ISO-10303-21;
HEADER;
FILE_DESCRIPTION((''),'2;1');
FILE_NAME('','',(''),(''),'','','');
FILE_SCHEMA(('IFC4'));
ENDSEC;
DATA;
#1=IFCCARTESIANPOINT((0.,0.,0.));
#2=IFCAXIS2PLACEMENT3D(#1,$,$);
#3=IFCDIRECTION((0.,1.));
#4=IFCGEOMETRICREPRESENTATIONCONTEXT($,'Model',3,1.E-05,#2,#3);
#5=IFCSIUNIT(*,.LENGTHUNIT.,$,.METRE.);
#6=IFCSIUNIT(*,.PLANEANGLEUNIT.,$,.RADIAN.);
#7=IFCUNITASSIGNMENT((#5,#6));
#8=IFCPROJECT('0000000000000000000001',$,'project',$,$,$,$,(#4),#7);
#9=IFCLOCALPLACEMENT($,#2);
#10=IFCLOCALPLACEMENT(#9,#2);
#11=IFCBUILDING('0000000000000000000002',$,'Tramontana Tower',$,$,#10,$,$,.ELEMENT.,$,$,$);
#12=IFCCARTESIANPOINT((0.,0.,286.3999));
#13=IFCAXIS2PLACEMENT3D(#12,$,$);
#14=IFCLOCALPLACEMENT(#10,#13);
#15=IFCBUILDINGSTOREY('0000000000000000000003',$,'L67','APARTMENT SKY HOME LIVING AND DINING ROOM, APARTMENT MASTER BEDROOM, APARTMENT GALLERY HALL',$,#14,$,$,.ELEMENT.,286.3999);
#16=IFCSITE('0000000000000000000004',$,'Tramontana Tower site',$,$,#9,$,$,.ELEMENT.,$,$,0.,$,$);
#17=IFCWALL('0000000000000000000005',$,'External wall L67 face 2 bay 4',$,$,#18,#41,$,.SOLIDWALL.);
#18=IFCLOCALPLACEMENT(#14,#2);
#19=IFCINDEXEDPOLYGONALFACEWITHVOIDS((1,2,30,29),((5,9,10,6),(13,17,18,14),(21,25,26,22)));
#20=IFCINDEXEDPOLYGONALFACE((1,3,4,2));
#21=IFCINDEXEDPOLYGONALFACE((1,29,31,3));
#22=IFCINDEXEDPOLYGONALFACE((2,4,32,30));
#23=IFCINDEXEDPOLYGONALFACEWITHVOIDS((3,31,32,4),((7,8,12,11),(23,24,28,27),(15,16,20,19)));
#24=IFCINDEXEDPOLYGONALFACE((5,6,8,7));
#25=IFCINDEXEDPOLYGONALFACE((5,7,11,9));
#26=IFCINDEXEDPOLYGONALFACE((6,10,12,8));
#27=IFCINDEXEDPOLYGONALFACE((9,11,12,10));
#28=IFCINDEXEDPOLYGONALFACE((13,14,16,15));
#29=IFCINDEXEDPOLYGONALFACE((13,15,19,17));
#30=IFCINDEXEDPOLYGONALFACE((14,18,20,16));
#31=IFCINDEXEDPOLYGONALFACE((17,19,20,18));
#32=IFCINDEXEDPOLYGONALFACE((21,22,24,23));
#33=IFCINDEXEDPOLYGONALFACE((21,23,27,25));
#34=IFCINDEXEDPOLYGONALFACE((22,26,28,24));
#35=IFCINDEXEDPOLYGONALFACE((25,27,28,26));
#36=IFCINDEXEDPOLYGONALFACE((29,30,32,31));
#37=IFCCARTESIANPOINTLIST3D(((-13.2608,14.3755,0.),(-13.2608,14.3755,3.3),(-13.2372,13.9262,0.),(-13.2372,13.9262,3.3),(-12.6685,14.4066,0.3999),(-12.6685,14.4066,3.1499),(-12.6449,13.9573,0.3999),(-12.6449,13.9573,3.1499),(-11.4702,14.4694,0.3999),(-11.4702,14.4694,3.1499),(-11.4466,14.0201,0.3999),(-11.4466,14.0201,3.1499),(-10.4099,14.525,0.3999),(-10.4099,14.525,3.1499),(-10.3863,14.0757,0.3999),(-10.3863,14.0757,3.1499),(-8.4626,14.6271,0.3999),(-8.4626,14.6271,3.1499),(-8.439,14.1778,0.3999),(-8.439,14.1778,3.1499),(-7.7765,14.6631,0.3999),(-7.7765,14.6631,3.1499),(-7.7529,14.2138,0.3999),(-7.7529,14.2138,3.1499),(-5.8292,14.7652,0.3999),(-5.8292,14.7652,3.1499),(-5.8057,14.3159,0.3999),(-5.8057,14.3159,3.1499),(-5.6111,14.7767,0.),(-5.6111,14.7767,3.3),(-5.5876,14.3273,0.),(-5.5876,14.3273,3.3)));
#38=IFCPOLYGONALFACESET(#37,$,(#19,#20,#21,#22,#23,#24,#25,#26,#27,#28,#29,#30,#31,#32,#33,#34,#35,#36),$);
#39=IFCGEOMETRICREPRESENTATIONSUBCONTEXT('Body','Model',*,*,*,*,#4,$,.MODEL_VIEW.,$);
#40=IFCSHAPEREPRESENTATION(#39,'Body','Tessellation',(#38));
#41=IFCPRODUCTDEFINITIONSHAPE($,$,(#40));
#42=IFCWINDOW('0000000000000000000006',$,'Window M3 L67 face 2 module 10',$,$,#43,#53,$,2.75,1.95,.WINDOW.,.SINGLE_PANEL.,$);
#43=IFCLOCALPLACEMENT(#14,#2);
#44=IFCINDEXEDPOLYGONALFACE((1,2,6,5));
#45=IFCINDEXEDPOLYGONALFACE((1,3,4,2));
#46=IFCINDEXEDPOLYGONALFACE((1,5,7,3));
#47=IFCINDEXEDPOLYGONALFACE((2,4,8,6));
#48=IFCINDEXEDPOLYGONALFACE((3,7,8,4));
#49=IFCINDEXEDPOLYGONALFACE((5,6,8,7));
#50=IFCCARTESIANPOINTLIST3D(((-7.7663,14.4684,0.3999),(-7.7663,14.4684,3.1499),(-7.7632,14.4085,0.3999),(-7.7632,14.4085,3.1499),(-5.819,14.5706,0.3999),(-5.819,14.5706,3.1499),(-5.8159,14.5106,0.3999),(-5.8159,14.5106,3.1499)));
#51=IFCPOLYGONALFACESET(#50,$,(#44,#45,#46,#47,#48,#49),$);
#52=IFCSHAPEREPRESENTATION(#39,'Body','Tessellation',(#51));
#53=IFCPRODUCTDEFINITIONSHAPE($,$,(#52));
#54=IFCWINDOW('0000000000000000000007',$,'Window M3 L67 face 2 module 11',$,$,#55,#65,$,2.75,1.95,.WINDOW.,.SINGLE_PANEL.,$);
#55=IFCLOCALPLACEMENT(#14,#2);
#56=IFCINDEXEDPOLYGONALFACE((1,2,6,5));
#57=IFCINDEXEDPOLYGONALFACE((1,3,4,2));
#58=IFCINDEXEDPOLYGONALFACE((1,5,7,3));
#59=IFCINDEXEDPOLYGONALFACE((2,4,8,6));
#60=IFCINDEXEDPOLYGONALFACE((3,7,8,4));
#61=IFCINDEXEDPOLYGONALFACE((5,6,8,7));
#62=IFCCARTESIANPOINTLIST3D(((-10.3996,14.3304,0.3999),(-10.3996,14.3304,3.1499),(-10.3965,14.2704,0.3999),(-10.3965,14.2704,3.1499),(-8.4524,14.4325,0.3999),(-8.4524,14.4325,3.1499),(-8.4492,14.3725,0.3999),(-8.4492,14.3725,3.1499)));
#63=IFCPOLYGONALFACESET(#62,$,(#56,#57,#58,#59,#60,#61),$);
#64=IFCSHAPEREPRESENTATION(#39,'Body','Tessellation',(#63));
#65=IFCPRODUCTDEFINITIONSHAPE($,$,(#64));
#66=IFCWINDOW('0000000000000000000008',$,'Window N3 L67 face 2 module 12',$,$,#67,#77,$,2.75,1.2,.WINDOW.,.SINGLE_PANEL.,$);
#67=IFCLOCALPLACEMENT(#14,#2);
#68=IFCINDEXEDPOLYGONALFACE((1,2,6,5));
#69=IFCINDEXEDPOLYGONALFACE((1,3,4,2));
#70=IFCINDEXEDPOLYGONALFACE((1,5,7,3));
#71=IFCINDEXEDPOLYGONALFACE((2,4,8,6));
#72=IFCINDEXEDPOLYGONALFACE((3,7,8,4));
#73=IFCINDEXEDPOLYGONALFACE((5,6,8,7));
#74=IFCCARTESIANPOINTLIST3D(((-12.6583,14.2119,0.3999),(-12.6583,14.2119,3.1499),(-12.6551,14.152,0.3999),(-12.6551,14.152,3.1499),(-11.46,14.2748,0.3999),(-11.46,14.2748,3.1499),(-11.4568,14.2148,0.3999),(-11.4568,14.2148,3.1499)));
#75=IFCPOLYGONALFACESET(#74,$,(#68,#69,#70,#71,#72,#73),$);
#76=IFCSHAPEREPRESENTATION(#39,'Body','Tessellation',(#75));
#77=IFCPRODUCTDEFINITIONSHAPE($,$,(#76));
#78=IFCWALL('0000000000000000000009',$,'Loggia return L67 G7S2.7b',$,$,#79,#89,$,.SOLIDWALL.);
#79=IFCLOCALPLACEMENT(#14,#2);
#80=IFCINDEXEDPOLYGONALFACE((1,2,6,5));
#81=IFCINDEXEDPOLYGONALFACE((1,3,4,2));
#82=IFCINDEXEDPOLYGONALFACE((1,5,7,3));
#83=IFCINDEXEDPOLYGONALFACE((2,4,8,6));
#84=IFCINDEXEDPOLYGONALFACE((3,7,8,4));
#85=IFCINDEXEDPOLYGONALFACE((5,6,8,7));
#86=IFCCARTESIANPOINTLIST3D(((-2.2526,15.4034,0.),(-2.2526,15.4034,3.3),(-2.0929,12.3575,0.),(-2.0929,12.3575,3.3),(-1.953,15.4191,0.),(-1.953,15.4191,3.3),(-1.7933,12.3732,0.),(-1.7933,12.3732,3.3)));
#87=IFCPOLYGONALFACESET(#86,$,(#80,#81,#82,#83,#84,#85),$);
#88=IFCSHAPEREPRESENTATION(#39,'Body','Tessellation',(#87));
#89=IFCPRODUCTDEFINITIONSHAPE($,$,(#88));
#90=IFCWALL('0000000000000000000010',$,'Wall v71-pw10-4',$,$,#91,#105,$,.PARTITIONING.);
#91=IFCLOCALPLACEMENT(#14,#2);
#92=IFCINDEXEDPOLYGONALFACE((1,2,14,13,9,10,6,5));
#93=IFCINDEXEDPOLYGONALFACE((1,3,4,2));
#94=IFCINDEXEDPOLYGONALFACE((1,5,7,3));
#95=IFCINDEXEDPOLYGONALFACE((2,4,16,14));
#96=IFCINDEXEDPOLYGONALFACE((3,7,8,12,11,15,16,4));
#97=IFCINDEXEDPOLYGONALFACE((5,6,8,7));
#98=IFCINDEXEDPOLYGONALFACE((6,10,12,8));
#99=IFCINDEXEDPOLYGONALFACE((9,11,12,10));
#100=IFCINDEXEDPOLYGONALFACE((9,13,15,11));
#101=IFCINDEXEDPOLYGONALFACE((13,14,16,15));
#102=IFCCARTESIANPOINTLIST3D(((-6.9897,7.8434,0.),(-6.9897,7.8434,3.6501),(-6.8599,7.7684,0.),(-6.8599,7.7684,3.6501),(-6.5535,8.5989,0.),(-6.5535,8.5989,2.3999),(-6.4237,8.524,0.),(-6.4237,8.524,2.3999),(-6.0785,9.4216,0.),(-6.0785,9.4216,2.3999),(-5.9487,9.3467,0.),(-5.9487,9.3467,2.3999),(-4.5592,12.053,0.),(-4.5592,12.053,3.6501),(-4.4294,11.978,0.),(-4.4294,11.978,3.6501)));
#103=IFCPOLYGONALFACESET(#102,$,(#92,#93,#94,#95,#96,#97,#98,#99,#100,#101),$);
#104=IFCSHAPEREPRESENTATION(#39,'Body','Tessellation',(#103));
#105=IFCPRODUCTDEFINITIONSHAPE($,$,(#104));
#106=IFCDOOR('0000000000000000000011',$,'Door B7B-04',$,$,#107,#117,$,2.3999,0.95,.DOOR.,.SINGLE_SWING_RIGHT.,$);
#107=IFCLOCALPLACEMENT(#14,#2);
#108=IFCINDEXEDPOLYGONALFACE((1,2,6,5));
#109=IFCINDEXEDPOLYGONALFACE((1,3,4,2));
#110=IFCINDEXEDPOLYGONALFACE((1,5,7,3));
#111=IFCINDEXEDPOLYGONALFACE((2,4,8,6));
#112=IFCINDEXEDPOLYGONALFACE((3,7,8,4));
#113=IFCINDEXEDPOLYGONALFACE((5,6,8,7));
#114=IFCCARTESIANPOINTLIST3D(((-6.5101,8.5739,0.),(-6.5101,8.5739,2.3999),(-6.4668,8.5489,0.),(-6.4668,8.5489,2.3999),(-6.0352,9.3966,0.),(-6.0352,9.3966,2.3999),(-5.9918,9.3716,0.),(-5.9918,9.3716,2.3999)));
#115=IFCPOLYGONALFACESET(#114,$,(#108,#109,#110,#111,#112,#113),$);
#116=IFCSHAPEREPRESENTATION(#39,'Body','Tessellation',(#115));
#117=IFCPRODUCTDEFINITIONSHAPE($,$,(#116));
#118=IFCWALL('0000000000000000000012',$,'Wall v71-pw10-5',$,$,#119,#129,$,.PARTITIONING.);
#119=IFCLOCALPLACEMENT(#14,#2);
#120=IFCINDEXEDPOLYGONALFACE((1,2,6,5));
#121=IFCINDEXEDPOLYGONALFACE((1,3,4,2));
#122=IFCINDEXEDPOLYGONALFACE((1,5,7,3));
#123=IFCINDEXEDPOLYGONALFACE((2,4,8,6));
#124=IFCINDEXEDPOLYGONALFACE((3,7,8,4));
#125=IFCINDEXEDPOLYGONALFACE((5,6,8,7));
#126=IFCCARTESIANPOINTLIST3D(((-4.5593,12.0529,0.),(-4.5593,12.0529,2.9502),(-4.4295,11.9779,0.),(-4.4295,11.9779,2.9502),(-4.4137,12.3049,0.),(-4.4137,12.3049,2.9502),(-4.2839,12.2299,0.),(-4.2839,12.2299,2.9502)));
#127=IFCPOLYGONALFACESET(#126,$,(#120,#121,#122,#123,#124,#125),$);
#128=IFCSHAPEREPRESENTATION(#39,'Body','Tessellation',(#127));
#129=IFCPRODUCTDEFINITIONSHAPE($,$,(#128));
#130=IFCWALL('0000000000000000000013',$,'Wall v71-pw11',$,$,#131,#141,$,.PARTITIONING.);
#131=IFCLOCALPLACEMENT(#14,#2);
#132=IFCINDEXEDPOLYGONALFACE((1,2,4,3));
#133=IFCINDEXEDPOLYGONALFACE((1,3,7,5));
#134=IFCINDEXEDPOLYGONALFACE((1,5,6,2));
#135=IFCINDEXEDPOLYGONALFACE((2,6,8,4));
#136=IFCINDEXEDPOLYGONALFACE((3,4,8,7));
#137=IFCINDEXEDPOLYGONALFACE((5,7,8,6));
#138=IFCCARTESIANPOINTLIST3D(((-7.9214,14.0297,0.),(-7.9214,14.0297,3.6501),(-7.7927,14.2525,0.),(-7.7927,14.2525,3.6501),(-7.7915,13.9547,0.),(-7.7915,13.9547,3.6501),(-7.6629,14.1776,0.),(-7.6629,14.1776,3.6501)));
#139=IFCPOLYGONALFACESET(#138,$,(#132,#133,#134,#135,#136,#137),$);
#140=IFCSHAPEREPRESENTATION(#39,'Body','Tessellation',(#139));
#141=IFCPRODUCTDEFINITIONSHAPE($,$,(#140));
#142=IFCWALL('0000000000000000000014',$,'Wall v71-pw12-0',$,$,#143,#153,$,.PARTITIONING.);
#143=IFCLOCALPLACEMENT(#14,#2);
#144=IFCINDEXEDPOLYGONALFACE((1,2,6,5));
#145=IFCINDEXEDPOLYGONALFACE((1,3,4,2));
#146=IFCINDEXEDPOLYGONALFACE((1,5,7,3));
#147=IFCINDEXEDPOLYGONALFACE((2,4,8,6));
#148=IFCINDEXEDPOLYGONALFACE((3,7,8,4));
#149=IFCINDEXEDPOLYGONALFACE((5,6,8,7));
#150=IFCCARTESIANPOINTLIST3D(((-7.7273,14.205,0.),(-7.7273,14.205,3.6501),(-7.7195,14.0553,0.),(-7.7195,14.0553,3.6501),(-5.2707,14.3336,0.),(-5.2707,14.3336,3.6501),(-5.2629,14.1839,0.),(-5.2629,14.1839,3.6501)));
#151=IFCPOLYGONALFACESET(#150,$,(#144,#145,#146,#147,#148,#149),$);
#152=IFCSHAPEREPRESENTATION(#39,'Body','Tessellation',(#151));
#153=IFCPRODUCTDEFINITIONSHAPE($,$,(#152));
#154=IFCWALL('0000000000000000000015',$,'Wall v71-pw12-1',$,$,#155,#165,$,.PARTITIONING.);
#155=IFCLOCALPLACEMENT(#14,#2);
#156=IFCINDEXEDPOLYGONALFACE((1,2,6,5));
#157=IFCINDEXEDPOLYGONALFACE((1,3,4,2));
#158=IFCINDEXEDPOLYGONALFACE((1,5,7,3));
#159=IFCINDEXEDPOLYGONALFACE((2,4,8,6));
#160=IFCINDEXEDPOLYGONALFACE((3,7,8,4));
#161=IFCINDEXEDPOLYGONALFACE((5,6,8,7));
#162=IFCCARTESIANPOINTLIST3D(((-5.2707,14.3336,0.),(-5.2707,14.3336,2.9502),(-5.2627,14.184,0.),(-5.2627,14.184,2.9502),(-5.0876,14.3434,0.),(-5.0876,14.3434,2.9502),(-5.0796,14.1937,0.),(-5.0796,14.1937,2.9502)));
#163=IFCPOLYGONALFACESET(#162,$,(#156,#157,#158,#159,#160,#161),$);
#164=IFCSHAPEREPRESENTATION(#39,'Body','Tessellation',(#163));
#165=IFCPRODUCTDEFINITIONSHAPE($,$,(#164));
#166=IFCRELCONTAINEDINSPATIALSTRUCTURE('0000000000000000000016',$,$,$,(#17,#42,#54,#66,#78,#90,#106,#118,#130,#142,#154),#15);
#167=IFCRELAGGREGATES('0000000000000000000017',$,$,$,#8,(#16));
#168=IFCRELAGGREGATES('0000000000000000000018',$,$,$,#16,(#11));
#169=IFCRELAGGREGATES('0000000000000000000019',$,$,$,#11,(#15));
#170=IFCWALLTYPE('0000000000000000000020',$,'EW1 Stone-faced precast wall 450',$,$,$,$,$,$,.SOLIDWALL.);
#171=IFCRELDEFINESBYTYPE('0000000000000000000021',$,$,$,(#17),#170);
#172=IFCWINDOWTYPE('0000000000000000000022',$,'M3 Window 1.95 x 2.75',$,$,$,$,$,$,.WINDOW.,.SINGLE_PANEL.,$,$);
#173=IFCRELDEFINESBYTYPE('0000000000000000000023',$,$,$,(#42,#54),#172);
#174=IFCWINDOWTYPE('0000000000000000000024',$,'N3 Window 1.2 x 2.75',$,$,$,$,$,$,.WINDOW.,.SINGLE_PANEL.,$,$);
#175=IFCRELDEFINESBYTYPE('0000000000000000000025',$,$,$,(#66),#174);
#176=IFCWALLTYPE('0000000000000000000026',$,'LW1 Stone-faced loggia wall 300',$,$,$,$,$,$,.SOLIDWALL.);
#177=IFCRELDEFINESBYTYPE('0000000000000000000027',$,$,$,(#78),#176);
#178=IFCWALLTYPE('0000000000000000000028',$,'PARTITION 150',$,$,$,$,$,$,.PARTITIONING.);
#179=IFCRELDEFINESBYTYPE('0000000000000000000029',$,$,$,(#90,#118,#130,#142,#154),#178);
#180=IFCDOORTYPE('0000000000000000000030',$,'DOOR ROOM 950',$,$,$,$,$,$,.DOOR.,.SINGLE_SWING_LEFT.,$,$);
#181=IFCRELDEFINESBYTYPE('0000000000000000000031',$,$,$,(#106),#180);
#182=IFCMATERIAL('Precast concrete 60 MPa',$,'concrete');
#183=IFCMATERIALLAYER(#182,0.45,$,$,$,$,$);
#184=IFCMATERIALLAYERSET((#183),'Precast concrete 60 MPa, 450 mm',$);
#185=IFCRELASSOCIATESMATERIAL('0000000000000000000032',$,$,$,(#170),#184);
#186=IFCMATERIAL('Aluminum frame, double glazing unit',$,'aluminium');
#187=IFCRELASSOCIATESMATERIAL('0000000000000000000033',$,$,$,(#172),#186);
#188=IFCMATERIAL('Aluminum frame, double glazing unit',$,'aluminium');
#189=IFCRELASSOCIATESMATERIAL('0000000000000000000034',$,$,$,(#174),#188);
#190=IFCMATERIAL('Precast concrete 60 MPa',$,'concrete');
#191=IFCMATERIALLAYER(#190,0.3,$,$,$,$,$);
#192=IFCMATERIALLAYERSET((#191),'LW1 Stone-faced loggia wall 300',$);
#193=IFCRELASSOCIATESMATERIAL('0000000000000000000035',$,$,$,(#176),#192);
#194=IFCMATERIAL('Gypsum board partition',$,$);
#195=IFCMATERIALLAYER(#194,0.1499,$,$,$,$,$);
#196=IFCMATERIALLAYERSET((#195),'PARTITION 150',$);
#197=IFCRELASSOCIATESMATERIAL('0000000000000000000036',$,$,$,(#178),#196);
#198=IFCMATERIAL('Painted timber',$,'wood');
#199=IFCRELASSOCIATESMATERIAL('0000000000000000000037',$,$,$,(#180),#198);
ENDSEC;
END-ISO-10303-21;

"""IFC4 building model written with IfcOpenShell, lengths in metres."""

from ifc_helpers import new_model, si_unit, direction, frame, frame_2d, origin, place, context, subcontext, project, spatial, rectangle, extrude, material, layer, layer_set, type_object, element, fill, save


model = new_model("IFC4")

# Units and contexts
model_context = context("Model", 3, precision=1e-05, world=origin(), true_north=direction((0.0, 1.0)))
body_context = subcontext(model_context, "Body", "Model", "MODEL_VIEW")
ifc_project = project(units=[si_unit("LENGTHUNIT", "METRE"), si_unit("PLANEANGLEUNIT", "RADIAN")], contexts=[model_context])

# Site, building, storey
site_placement = place(None, origin())
site = spatial("IfcSite", under=ifc_project, at=site_placement, Name="Tramontana Tower site", CompositionType="ELEMENT", RefElevation=0.0)
building_placement = place(site_placement, origin())
building = spatial("IfcBuilding", under=site, at=building_placement, Name="Tramontana Tower", CompositionType="ELEMENT")
storey_placement = place(building_placement, frame((0.0, 0.0, 286.3999)))
storey = spatial("IfcBuildingStorey", under=building, at=storey_placement, Name="L67", Description="APARTMENT SKY HOME LIVING AND DINING ROOM, APARTMENT MASTER BEDROOM, APARTMENT GALLERY HALL", CompositionType="ELEMENT", Elevation=286.3999)

# Shared definitions
ifc_material_1 = material(Name="Precast concrete 60 MPa", Category="concrete")
ifc_layer_1 = layer(ifc_material_1, 0.45)
ifc_layer_set_1 = layer_set([ifc_layer_1], Name="Precast concrete 60 MPa, 450 mm")
wall_type_1 = type_object("IfcWallType", Name="EW1 Stone-faced precast wall 450", PredefinedType="SOLIDWALL", material=ifc_layer_set_1)
ifc_material_2 = material(Name="Aluminum frame, double glazing unit", Category="aluminium")
window_type_1 = type_object("IfcWindowType", Name="M3 Window 1.95 x 2.75", PartitioningType="SINGLE_PANEL", PredefinedType="WINDOW", material=ifc_material_2)

# Wall, openings, windows
wall_1_placement = place(storey_placement, frame((-5.5994, 14.552, 0.0), z_axis=(0.0, 0.0, 1.0), x_axis=(-0.998628, -0.052365, 0.0)))
wall_1 = element("IfcWall", 1, at=wall_1_placement, inside=storey, type_object=wall_type_1, Name="External wall L67 face 2 bay 4", PredefinedType="SOLIDWALL", context=body_context, shape_type="SweptSolid", body=[
    extrude(rectangle(XDim=7.6602, YDim=0.45, at=frame_2d((3.8301, 0.0))), origin(), (0.0, 0.0, 1.0), 3.3),
])
opening_1_placement = place(wall_1_placement, frame((0.2183, 0.0, 0.3999)))
opening_1 = element("IfcOpeningElement", 2, at=opening_1_placement, cuts=wall_1, PredefinedType="OPENING", context=body_context, shape_type="SweptSolid", body=[
    extrude(rectangle(XDim=1.95, YDim=2.75, at=frame_2d((0.9751, 1.375))), frame((0.0, 0.2349, 0.0), z_axis=(0.0, -1.0, 0.0), x_axis=(1.0, 0.0, 0.0)), (0.0, 0.0, 1.0), 0.47),
])
opening_2_placement = place(wall_1_placement, frame((2.8552, 0.0, 0.3999)))
opening_2 = element("IfcOpeningElement", 3, at=opening_2_placement, cuts=wall_1, PredefinedType="OPENING", context=body_context, shape_type="SweptSolid", body=[
    extrude(rectangle(XDim=1.95, YDim=2.75, at=frame_2d((0.9751, 1.375))), frame((0.0, 0.2349, 0.0), z_axis=(0.0, -1.0, 0.0), x_axis=(1.0, 0.0, 0.0)), (0.0, 0.0, 1.0), 0.47),
])
opening_3_placement = place(wall_1_placement, frame((5.8669, 0.0, 0.3999)))
opening_3 = element("IfcOpeningElement", 4, at=opening_3_placement, cuts=wall_1, PredefinedType="OPENING", context=body_context, shape_type="SweptSolid", body=[
    extrude(rectangle(XDim=1.2, YDim=2.75, at=frame_2d((0.6001, 1.375))), frame((0.0, 0.2349, 0.0), z_axis=(0.0, -1.0, 0.0), x_axis=(1.0, 0.0, 0.0)), (0.0, 0.0, 1.0), 0.47),
])
window_1_placement = place(opening_1_placement, origin())
window_1 = element("IfcWindow", 5, at=window_1_placement, inside=storey, type_object=window_type_1, Name="Window M3 L67 face 2 module 10", OverallHeight=2.75, OverallWidth=1.95, PartitioningType="SINGLE_PANEL", PredefinedType="WINDOW", context=body_context, shape_type="SweptSolid", body=[
    extrude(rectangle(XDim=1.95, YDim=2.75, at=frame_2d((0.9751, 1.375))), frame((0.0, 0.03, 0.0), z_axis=(0.0, -1.0, 0.0), x_axis=(1.0, 0.0, 0.0)), (0.0, 0.0, 1.0), 0.0601),
])
fill(opening_1, window_1)
window_2_placement = place(opening_2_placement, origin())
window_2 = element("IfcWindow", 6, at=window_2_placement, inside=storey, type_object=window_type_1, Name="Window M3 L67 face 2 module 11", OverallHeight=2.75, OverallWidth=1.95, PartitioningType="SINGLE_PANEL", PredefinedType="WINDOW", context=body_context, shape_type="SweptSolid", body=[
    extrude(rectangle(XDim=1.95, YDim=2.75, at=frame_2d((0.9751, 1.375))), frame((0.0, 0.03, 0.0), z_axis=(0.0, -1.0, 0.0), x_axis=(1.0, 0.0, 0.0)), (0.0, 0.0, 1.0), 0.0601),
])
fill(opening_2, window_2)
ifc_material_3 = material(Name="Aluminum frame, double glazing unit", Category="aluminium")
window_type_2 = type_object("IfcWindowType", Name="N3 Window 1.2 x 2.75", PartitioningType="SINGLE_PANEL", PredefinedType="WINDOW", material=ifc_material_3)
window_3_placement = place(opening_3_placement, origin())
window_3 = element("IfcWindow", 7, at=window_3_placement, inside=storey, type_object=window_type_2, Name="Window N3 L67 face 2 module 12", OverallHeight=2.75, OverallWidth=1.2, PartitioningType="SINGLE_PANEL", PredefinedType="WINDOW", context=body_context, shape_type="SweptSolid", body=[
    extrude(rectangle(XDim=1.2, YDim=2.75, at=frame_2d((0.6001, 1.375))), frame((0.0, 0.03, 0.0), z_axis=(0.0, -1.0, 0.0), x_axis=(1.0, 0.0, 0.0)), (0.0, 0.0, 1.0), 0.0601),
])
fill(opening_3, window_3)

# Wall
ifc_material_4 = material(Name="Precast concrete 60 MPa", Category="concrete")
ifc_layer_2 = layer(ifc_material_4, 0.3)
ifc_layer_set_2 = layer_set([ifc_layer_2], Name="LW1 Stone-faced loggia wall 300")
wall_type_2 = type_object("IfcWallType", Name="LW1 Stone-faced loggia wall 300", PredefinedType="SOLIDWALL", material=ifc_layer_set_2)
wall_2_placement = place(storey_placement, frame((-2.1028, 15.4111, 0.0), z_axis=(0.0, 0.0, 1.0), x_axis=(0.052349, -0.998629, 0.0)))
element("IfcWall", 8, at=wall_2_placement, inside=storey, type_object=wall_type_2, Name="Loggia return L67 G7S2.7b", PredefinedType="SOLIDWALL", context=body_context, shape_type="SweptSolid", body=[
    extrude(rectangle(XDim=3.05, YDim=0.3, at=frame_2d((1.5249, 0.0))), origin(), (0.0, 0.0, 1.0), 3.3),
])

# Wall, opening, door
ifc_material_5 = material(Name="Gypsum board partition")
ifc_layer_3 = layer(ifc_material_5, 0.1499)
ifc_layer_set_3 = layer_set([ifc_layer_3], Name="PARTITION 150")
wall_type_3 = type_object("IfcWallType", Name="PARTITION 150", PredefinedType="PARTITIONING", material=ifc_layer_set_3)
wall_3_placement = place(storey_placement, frame((-6.9248, 7.8059, 0.0), z_axis=(0.0, 0.0, 1.0), x_axis=(0.500012, 0.866018, 0.0)))
wall_3 = element("IfcWall", 9, at=wall_3_placement, inside=storey, type_object=wall_type_3, Name="Wall v71-pw10-4", PredefinedType="PARTITIONING", context=body_context, shape_type="SweptSolid", body=[
    extrude(rectangle(XDim=4.8608, YDim=0.1499, at=frame_2d((2.4304, 0.0))), origin(), (0.0, 0.0, 1.0), 3.6501),
])
opening_4_placement = place(wall_3_placement, frame((0.8723, 0.0, 0.0)))
opening_4 = element("IfcOpeningElement", 10, at=opening_4_placement, cuts=wall_3, PredefinedType="OPENING", context=body_context, shape_type="SweptSolid", body=[
    extrude(rectangle(XDim=0.95, YDim=2.3999, at=frame_2d((0.4751, 1.2))), frame((0.0, 0.085, 0.0), z_axis=(0.0, -1.0, 0.0), x_axis=(1.0, 0.0, 0.0)), (0.0, 0.0, 1.0), 0.1699),
])
ifc_material_6 = material(Name="Painted timber", Category="wood")
door_type_1 = type_object("IfcDoorType", Name="DOOR ROOM 950", OperationType="SINGLE_SWING_LEFT", PredefinedType="DOOR", material=ifc_material_6)
door_1_placement = place(opening_4_placement, origin())
door_1 = element("IfcDoor", 11, at=door_1_placement, inside=storey, type_object=door_type_1, Name="Door B7B-04", OperationType="SINGLE_SWING_RIGHT", OverallHeight=2.3999, OverallWidth=0.95, PredefinedType="DOOR", context=body_context, shape_type="SweptSolid", body=[
    extrude(rectangle(XDim=0.95, YDim=2.3999, at=frame_2d((0.4751, 1.2))), frame((0.0, 0.0249, 0.0), z_axis=(0.0, -1.0, 0.0), x_axis=(1.0, 0.0, 0.0)), (0.0, 0.0, 1.0), 0.05),
])
fill(opening_4, door_1)

# Walls
wall_4_placement = place(storey_placement, frame((-4.4944, 12.0154, 0.0), z_axis=(0.0, 0.0, 1.0), x_axis=(0.50011, 0.865962, 0.0)))
element("IfcWall", 12, at=wall_4_placement, inside=storey, type_object=wall_type_3, Name="Wall v71-pw10-5", PredefinedType="PARTITIONING", context=body_context, shape_type="SweptSolid", body=[
    extrude(rectangle(XDim=0.291, YDim=0.1499, at=frame_2d((0.1455, 0.0))), origin(), (0.0, 0.0, 1.0), 2.9502),
])
wall_5_placement = place(storey_placement, frame((-7.8564, 13.9922, 0.0), z_axis=(0.0, 0.0, 1.0), x_axis=(0.499914, 0.866075, 0.0)))
element("IfcWall", 13, at=wall_5_placement, inside=storey, type_object=wall_type_3, Name="Wall v71-pw11", PredefinedType="PARTITIONING", context=body_context, shape_type="SweptSolid", body=[
    extrude(rectangle(XDim=0.2573, YDim=0.1499, at=frame_2d((0.1287, 0.0))), origin(), (0.0, 0.0, 1.0), 3.6501),
])
wall_6_placement = place(storey_placement, frame((-7.7234, 14.1301, 0.0), z_axis=(0.0, 0.0, 1.0), x_axis=(0.998631, 0.052304, 0.0)))
element("IfcWall", 14, at=wall_6_placement, inside=storey, type_object=wall_type_3, Name="Wall v71-pw12-0", PredefinedType="PARTITIONING", context=body_context, shape_type="SweptSolid", body=[
    extrude(rectangle(XDim=2.46, YDim=0.1499, at=frame_2d((1.23, 0.0))), origin(), (0.0, 0.0, 1.0), 3.6501),
])
wall_7_placement = place(storey_placement, frame((-5.2668, 14.2588, 0.0), z_axis=(0.0, 0.0, 1.0), x_axis=(0.998581, 0.053258, 0.0)))
element("IfcWall", 15, at=wall_7_placement, inside=storey, type_object=wall_type_3, Name="Wall v71-pw12-1", PredefinedType="PARTITIONING", context=body_context, shape_type="SweptSolid", body=[
    extrude(rectangle(XDim=0.1833, YDim=0.1499, at=frame_2d((0.0918, 0.0))), origin(), (0.0, 0.0, 1.0), 2.9502),
])

save(model, "model.ifc")
